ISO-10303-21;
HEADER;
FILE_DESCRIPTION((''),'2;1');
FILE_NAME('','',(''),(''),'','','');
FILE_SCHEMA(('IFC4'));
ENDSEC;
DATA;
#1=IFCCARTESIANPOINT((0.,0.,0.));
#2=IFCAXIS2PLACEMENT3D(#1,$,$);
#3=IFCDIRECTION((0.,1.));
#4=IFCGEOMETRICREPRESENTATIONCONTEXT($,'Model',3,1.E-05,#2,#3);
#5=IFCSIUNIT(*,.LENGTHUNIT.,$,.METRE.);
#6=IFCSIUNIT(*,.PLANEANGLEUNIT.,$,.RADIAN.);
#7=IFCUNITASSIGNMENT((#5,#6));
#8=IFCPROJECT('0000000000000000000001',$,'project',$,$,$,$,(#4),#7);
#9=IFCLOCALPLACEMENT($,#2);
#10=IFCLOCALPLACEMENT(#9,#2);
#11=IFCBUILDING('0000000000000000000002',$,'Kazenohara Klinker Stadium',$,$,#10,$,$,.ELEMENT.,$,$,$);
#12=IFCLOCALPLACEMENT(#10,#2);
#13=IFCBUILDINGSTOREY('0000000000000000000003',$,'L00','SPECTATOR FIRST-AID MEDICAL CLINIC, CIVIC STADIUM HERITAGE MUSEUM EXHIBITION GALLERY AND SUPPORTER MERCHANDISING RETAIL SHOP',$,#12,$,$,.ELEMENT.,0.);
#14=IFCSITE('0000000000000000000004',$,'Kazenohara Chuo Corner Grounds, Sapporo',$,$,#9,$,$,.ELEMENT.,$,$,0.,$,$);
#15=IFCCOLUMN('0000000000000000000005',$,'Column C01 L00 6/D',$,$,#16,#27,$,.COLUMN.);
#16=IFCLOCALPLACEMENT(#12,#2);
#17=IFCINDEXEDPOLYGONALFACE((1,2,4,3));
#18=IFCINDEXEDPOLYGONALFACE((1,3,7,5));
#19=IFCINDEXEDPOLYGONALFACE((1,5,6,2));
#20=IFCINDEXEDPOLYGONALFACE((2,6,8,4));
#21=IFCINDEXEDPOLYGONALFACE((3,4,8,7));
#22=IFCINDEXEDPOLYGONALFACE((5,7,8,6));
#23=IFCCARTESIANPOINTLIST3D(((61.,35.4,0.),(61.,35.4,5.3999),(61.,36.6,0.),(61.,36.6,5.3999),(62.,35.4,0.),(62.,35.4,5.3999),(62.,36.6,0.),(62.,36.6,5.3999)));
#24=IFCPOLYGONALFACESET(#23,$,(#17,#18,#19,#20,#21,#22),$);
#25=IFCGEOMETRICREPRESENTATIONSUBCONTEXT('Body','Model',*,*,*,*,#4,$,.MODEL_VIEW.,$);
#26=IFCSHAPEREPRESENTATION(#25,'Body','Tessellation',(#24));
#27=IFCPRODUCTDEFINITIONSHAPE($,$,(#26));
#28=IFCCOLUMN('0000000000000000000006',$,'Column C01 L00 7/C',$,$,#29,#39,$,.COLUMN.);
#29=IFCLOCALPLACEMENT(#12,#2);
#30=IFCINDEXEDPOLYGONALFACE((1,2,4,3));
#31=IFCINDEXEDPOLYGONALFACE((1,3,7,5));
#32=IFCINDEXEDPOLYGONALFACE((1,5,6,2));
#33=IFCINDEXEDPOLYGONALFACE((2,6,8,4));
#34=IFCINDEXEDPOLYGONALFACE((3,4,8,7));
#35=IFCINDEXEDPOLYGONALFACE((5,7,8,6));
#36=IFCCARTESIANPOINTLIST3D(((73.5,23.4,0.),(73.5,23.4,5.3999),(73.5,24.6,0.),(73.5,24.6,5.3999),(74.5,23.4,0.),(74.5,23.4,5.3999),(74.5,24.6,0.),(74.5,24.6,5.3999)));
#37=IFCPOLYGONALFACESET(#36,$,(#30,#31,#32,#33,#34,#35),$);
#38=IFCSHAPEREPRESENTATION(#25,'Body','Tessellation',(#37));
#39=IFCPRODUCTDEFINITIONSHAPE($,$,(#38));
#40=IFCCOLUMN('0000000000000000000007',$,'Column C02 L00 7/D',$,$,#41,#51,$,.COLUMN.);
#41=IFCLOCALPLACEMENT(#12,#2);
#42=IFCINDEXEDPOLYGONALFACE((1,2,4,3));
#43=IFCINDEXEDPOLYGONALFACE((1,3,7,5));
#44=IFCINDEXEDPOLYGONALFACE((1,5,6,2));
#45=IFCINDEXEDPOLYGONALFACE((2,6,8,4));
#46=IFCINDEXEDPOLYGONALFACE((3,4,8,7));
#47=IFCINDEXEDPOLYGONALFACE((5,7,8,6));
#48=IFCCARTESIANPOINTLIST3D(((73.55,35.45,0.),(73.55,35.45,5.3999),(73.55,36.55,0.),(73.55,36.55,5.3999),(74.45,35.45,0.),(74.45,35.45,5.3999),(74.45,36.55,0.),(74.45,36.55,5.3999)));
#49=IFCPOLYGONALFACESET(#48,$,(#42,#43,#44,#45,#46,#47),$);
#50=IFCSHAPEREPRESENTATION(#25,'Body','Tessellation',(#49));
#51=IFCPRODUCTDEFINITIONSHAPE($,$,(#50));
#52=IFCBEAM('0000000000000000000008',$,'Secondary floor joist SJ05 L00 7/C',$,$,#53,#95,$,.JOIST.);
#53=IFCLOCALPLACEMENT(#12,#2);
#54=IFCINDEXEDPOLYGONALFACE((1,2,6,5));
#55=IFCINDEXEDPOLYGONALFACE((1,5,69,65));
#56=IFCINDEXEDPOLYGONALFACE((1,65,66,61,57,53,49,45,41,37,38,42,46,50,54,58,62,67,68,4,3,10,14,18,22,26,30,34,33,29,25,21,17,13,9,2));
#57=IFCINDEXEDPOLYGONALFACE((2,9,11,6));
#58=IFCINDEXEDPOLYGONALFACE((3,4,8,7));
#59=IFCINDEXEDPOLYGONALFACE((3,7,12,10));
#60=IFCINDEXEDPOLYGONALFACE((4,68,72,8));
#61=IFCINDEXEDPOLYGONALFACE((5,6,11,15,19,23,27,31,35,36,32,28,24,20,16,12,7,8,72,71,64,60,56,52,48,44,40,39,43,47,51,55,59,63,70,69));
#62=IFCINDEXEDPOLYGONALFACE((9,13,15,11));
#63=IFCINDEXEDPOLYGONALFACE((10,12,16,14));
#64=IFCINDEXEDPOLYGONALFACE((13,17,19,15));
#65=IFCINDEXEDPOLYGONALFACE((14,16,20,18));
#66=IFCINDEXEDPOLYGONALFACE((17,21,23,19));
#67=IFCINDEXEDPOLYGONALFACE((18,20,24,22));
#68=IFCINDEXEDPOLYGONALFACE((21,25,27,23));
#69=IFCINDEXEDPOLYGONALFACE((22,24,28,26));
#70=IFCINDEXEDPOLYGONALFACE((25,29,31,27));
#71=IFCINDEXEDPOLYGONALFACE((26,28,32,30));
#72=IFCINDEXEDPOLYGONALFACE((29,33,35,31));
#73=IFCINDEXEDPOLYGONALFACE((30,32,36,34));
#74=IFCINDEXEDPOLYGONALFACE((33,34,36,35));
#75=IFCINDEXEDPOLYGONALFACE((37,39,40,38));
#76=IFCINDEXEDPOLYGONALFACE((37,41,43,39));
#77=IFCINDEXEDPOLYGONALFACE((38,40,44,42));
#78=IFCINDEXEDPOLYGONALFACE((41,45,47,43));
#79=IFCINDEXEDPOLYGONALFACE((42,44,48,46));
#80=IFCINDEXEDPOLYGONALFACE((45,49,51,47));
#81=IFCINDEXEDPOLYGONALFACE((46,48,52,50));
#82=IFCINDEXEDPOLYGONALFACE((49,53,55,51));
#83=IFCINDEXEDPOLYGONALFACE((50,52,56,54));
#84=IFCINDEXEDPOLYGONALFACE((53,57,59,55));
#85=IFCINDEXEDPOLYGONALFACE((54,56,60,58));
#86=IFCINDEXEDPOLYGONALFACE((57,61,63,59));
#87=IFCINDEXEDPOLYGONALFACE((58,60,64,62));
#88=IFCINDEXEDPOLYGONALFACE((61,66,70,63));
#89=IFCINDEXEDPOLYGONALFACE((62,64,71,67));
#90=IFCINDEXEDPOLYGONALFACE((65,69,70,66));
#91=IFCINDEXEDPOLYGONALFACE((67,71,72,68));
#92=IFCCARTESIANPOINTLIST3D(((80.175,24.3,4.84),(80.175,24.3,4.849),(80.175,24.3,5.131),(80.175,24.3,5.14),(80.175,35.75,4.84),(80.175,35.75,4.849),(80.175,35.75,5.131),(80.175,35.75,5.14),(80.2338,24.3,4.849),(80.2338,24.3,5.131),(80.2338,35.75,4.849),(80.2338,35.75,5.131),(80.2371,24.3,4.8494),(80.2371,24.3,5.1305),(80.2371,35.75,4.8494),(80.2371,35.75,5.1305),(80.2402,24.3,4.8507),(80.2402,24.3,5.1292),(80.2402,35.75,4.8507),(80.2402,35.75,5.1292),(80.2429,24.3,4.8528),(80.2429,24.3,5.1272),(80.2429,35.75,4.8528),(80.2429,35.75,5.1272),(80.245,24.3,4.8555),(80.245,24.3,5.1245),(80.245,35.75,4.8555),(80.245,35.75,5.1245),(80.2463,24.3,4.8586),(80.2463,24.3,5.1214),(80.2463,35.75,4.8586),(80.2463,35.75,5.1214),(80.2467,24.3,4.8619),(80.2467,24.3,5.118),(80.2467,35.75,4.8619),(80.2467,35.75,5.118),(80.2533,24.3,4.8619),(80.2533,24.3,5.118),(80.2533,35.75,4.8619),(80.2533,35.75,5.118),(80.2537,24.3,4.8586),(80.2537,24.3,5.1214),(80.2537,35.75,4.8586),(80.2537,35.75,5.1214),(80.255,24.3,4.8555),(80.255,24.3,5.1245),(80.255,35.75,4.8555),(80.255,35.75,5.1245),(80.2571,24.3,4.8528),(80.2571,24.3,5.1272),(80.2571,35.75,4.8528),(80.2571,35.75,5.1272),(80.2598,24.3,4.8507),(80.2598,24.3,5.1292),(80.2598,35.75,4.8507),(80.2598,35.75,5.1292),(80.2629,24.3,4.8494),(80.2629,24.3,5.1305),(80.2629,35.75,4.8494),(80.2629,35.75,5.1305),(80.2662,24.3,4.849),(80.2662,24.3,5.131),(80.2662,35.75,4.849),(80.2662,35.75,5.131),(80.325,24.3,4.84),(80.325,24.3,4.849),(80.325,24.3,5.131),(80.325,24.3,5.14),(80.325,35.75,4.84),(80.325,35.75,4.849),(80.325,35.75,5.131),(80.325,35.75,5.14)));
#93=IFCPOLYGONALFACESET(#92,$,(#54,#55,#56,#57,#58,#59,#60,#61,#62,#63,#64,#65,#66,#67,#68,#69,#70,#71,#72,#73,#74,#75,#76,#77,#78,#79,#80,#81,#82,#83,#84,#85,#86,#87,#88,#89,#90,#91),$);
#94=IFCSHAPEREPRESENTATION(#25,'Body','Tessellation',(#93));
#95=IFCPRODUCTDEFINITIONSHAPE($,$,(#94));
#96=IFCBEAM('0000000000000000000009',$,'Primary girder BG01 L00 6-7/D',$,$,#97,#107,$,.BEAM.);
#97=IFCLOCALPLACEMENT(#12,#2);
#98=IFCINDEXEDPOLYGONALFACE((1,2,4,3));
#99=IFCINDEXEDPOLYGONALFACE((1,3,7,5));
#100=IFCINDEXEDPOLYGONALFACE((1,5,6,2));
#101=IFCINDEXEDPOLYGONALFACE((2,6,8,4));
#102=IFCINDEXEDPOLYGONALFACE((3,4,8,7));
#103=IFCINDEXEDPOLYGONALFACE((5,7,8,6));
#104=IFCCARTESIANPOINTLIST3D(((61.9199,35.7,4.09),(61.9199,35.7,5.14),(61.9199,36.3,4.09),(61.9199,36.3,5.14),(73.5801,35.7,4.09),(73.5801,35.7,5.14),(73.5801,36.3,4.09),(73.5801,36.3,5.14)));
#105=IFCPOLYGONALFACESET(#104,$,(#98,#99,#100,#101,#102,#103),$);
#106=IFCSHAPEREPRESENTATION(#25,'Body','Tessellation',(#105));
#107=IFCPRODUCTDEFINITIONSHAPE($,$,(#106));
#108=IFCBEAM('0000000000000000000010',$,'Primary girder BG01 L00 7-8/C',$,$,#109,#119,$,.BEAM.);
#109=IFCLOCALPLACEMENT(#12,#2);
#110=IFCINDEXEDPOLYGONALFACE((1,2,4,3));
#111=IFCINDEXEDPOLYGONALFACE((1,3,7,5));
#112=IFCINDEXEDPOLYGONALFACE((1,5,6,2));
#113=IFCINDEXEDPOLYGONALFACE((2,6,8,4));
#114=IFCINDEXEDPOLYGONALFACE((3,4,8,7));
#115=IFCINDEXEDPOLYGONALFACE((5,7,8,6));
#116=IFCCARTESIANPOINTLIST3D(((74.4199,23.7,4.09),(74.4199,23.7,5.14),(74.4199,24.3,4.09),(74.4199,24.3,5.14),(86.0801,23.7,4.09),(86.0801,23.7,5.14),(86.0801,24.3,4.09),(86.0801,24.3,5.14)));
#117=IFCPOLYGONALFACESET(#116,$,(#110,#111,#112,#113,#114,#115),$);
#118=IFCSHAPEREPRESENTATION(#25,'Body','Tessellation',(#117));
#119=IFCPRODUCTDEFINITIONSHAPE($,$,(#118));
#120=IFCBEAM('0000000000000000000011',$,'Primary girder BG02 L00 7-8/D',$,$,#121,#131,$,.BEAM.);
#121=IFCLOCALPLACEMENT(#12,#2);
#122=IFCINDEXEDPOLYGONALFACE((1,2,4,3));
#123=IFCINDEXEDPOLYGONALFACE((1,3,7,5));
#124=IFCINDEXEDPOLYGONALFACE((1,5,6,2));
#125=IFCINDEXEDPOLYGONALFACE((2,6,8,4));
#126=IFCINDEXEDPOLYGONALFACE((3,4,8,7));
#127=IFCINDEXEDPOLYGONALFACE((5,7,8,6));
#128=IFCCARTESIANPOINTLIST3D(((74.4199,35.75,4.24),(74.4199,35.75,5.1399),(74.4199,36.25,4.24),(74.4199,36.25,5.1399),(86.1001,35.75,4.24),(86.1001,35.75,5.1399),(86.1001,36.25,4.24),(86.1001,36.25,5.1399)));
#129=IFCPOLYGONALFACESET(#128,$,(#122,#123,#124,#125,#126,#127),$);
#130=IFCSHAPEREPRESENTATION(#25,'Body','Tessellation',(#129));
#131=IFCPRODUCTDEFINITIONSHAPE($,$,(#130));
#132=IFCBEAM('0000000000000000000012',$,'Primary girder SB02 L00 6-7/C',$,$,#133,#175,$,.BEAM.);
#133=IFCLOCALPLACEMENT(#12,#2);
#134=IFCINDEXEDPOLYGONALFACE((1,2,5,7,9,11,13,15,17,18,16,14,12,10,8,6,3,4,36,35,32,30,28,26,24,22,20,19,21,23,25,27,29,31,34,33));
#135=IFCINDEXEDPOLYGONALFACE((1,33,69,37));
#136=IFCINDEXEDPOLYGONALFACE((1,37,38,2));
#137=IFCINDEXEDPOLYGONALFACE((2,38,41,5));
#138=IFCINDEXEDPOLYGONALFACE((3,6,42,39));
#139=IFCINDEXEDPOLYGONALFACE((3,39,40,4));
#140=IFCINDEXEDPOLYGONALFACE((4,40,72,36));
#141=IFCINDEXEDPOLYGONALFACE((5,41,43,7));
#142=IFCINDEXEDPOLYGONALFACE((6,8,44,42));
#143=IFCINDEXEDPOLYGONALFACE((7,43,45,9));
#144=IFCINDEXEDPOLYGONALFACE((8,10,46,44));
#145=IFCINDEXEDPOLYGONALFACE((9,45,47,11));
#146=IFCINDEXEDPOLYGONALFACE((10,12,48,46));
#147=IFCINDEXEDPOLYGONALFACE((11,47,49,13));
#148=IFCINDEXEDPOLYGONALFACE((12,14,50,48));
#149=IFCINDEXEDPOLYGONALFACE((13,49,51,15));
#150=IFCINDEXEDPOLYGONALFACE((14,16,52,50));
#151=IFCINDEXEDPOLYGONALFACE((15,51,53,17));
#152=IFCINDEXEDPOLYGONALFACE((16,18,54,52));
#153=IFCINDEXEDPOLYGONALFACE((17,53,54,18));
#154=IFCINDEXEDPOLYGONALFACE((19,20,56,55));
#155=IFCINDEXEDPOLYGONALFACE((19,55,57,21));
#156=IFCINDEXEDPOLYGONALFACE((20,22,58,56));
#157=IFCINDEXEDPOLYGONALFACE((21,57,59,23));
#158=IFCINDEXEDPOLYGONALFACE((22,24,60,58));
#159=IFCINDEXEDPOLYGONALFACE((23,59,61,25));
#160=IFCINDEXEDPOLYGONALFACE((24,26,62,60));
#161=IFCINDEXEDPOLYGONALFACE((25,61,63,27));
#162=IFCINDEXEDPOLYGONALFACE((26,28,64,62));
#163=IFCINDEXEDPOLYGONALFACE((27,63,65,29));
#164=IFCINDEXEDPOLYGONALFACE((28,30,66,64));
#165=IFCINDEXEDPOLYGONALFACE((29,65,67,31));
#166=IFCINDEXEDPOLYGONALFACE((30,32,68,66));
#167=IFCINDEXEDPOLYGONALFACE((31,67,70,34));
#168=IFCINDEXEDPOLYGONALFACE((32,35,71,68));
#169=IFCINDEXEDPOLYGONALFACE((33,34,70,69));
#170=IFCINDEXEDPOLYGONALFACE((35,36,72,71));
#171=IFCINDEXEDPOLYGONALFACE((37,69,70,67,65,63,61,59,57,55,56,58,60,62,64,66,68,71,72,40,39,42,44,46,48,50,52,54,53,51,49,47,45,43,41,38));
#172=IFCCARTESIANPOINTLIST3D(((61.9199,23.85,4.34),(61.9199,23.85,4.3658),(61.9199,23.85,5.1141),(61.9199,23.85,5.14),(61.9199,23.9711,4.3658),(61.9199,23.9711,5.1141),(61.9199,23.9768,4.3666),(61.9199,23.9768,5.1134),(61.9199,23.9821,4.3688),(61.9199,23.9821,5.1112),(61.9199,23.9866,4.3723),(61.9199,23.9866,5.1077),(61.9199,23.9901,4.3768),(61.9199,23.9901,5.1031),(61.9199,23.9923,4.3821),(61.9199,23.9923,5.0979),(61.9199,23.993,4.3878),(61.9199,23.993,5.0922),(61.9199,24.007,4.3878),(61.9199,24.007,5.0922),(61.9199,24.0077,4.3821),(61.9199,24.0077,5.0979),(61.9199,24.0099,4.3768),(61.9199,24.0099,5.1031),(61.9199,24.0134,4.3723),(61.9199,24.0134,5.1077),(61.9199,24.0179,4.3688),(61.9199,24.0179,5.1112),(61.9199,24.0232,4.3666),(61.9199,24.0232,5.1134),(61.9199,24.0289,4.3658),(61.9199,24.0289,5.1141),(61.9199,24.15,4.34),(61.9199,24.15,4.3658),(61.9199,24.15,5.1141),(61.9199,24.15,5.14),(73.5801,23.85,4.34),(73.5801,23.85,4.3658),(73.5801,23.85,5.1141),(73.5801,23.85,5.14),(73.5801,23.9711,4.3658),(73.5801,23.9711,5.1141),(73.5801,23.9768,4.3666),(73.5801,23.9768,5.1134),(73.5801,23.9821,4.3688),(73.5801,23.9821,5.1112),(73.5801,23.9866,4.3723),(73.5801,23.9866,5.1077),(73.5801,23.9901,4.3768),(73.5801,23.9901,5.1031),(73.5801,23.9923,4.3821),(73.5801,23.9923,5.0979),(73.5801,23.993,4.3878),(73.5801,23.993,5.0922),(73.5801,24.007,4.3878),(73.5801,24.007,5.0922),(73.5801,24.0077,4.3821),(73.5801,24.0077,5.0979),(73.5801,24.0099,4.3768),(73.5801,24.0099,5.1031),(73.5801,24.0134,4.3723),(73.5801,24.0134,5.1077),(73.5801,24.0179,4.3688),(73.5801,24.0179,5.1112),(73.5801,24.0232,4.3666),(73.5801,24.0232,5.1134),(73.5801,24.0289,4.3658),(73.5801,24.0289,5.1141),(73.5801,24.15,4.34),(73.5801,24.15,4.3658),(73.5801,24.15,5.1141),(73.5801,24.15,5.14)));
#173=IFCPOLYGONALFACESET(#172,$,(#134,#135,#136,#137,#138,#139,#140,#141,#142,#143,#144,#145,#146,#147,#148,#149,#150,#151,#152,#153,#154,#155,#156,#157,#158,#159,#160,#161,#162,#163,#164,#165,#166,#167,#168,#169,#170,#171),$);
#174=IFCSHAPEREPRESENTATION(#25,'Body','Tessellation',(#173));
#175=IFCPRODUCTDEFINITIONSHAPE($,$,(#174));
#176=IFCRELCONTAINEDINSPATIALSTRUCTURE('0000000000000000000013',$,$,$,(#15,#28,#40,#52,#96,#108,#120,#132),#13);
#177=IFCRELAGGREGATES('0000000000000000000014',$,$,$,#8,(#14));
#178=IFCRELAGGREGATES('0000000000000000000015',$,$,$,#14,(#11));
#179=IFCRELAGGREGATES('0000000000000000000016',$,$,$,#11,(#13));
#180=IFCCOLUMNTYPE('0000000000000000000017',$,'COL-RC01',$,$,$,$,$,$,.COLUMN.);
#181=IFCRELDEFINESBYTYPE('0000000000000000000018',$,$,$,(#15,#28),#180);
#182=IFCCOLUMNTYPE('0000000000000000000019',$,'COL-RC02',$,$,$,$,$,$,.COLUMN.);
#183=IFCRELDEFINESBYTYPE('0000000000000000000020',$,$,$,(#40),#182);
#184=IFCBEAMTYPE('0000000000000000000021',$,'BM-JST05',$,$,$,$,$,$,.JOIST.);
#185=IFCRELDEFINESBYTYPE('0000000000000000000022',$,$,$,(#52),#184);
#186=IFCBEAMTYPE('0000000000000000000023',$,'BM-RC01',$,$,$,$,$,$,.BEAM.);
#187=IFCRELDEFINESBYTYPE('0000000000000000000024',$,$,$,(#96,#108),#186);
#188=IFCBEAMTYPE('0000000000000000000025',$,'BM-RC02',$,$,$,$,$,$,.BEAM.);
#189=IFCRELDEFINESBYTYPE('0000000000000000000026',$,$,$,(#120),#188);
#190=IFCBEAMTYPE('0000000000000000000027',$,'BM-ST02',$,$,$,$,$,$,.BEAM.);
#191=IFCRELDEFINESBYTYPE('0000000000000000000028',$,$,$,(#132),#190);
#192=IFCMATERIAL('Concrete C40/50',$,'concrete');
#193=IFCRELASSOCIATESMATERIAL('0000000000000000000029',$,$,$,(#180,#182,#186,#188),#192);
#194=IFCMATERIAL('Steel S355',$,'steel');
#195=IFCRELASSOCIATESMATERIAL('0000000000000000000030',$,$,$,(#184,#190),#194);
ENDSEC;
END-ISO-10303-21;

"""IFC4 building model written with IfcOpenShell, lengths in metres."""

from ifc_helpers import new_model, si_unit, direction, frame, origin, origin_2d, place, context, subcontext, project, spatial, rectangle, i_section, extrude, material, material_profile, profile_set, type_object, element, save


model = new_model("IFC4")

# Units and contexts
model_context = context("Model", 3, precision=1e-05, world=origin(), true_north=direction((0.0, 1.0)))
body_context = subcontext(model_context, "Body", "Model", "MODEL_VIEW")
ifc_project = project(units=[si_unit("LENGTHUNIT", "METRE"), si_unit("PLANEANGLEUNIT", "RADIAN")], contexts=[model_context])

# Site, building, storey
site_placement = place(None, origin())
site = spatial("IfcSite", under=ifc_project, at=site_placement, Name="Kazenohara Chuo Corner Grounds, Sapporo", CompositionType="ELEMENT", RefElevation=0.0)
building_placement = place(site_placement, origin())
building = spatial("IfcBuilding", under=site, at=building_placement, Name="Kazenohara Klinker Stadium", CompositionType="ELEMENT")
storey_placement = place(building_placement, origin())
storey = spatial("IfcBuildingStorey", under=building, at=storey_placement, Name="L00", Description="SPECTATOR FIRST-AID MEDICAL CLINIC, CIVIC STADIUM HERITAGE MUSEUM EXHIBITION GALLERY AND SUPPORTER MERCHANDISING RETAIL SHOP", CompositionType="ELEMENT", Elevation=0.0)

# Columns
ifc_material_1 = material(Name="Concrete C40/50", Category="concrete")
ifc_material_profile_1 = material_profile(ifc_material_1, rectangle(XDim=1.0, YDim=1.2, at=origin_2d()), Name="RC-COL-1200x1000")
ifc_profile_set_1 = profile_set([ifc_material_profile_1], Name="Concrete C40/50")
column_type_1 = type_object("IfcColumnType", Name="COL-RC01", PredefinedType="COLUMN", material=ifc_profile_set_1)
for number, where, z_axis, x_axis, name in (
    (1, (61.5, 36.0, 0.0), (0.0, 0.0, 1.0), (1.0, 0.0, 0.0), "Column C01 L00 6/D"),
    (2, (74.0, 24.0, 0.0), (0.0, 0.0, 1.0), (1.0, 0.0, 0.0), "Column C01 L00 7/C"),
):
    element("IfcColumn", number, at=place(storey_placement, frame(where, z_axis=z_axis, x_axis=x_axis)), inside=storey, type_object=column_type_1, Name=name, PredefinedType="COLUMN", context=body_context, shape_type="SweptSolid", body=[
        extrude(rectangle(XDim=1.0, YDim=1.2, at=origin_2d()), origin(), (0.0, 0.0, 1.0), 5.3999),
    ])
ifc_material_profile_2 = material_profile(ifc_material_1, rectangle(XDim=0.8999, YDim=1.1001, at=origin_2d()), Name="RC-COL-1100x900")
ifc_profile_set_2 = profile_set([ifc_material_profile_2], Name="Concrete C40/50")
column_type_2 = type_object("IfcColumnType", Name="COL-RC02", PredefinedType="COLUMN", material=ifc_profile_set_2)
column_placement = place(storey_placement, frame((74.0, 36.0, 0.0), z_axis=(0.0, 0.0, 1.0), x_axis=(1.0, 0.0, 0.0)))
element("IfcColumn", 3, at=column_placement, inside=storey, type_object=column_type_2, Name="Column C02 L00 7/D", PredefinedType="COLUMN", context=body_context, shape_type="SweptSolid", body=[
    extrude(rectangle(XDim=0.8999, YDim=1.1001, at=origin_2d()), origin(), (0.0, 0.0, 1.0), 5.3999),
])

# Beams
ifc_material_2 = material(Name="Steel S355", Category="steel")
ifc_material_profile_3 = material_profile(ifc_material_2, i_section(OverallWidth=0.1499, OverallDepth=0.3, WebThickness=0.0066, FlangeThickness=0.009, FilletRadius=0.0129, at=origin_2d()), Name="H-300x150x6.5x9")
ifc_profile_set_3 = profile_set([ifc_material_profile_3], Name="Steel S355")
beam_type_1 = type_object("IfcBeamType", Name="BM-JST05", PredefinedType="JOIST", material=ifc_profile_set_3)
beam_1_placement = place(storey_placement, frame((80.25, 24.3, 4.99), z_axis=(0.0, 1.0, 0.0), x_axis=(-1.0, 0.0, 0.0)))
element("IfcBeam", 4, at=beam_1_placement, inside=storey, type_object=beam_type_1, Name="Secondary floor joist SJ05 L00 7/C", PredefinedType="JOIST", context=body_context, shape_type="SweptSolid", body=[
    extrude(i_section(OverallWidth=0.1499, OverallDepth=0.3, WebThickness=0.0066, FlangeThickness=0.009, FilletRadius=0.0129, at=origin_2d()), origin(), (0.0, 0.0, 1.0), 11.45),
])
ifc_material_profile_4 = material_profile(ifc_material_1, rectangle(XDim=0.6001, YDim=1.05, at=origin_2d()), Name="RC-BM-600x1050")
ifc_profile_set_4 = profile_set([ifc_material_profile_4], Name="Concrete C40/50")
beam_type_2 = type_object("IfcBeamType", Name="BM-RC01", PredefinedType="BEAM", material=ifc_profile_set_4)
for number, where, z_axis, x_axis, name in (
    (5, (61.9199, 36.0, 4.615), (1.0, 0.0, 0.0), (0.0, 1.0, 0.0), "Primary girder BG01 L00 6-7/D"),
    (6, (74.4199, 24.0, 4.615), (1.0, 0.0, 0.0), (0.0, 1.0, 0.0), "Primary girder BG01 L00 7-8/C"),
):
    element("IfcBeam", number, at=place(storey_placement, frame(where, z_axis=z_axis, x_axis=x_axis)), inside=storey, type_object=beam_type_2, Name=name, PredefinedType="BEAM", context=body_context, shape_type="SweptSolid", body=[
        extrude(rectangle(XDim=0.6001, YDim=1.05, at=origin_2d()), origin(), (0.0, 0.0, 1.0), 11.6602),
    ])
ifc_material_profile_5 = material_profile(ifc_material_1, rectangle(XDim=0.5, YDim=0.8999, at=origin_2d()), Name="RC-BM-500x900")
ifc_profile_set_5 = profile_set([ifc_material_profile_5], Name="Concrete C40/50")
beam_type_3 = type_object("IfcBeamType", Name="BM-RC02", PredefinedType="BEAM", material=ifc_profile_set_5)
beam_2_placement = place(storey_placement, frame((74.4199, 36.0, 4.6899), z_axis=(1.0, 0.0, 0.0), x_axis=(0.0, 1.0, 0.0)))
element("IfcBeam", 7, at=beam_2_placement, inside=storey, type_object=beam_type_3, Name="Primary girder BG02 L00 7-8/D", PredefinedType="BEAM", context=body_context, shape_type="SweptSolid", body=[
    extrude(rectangle(XDim=0.5, YDim=0.8999, at=origin_2d()), origin(), (0.0, 0.0, 1.0), 11.6802),
])
ifc_material_profile_6 = material_profile(ifc_material_2, i_section(OverallWidth=0.3, OverallDepth=0.8, WebThickness=0.0139, FlangeThickness=0.0259, FilletRadius=0.022, at=origin_2d()), Name="H-800x300x14x26")
ifc_profile_set_6 = profile_set([ifc_material_profile_6], Name="Steel S355")
beam_type_4 = type_object("IfcBeamType", Name="BM-ST02", PredefinedType="BEAM", material=ifc_profile_set_6)
beam_3_placement = place(storey_placement, frame((61.9199, 24.0, 4.74), z_axis=(1.0, 0.0, 0.0), x_axis=(0.0, 1.0, 0.0)))
element("IfcBeam", 8, at=beam_3_placement, inside=storey, type_object=beam_type_4, Name="Primary girder SB02 L00 6-7/C", PredefinedType="BEAM", context=body_context, shape_type="SweptSolid", body=[
    extrude(i_section(OverallWidth=0.3, OverallDepth=0.8, WebThickness=0.0139, FlangeThickness=0.0259, FilletRadius=0.022, at=origin_2d()), origin(), (0.0, 0.0, 1.0), 11.6602),
])

save(model, "model.ifc")
